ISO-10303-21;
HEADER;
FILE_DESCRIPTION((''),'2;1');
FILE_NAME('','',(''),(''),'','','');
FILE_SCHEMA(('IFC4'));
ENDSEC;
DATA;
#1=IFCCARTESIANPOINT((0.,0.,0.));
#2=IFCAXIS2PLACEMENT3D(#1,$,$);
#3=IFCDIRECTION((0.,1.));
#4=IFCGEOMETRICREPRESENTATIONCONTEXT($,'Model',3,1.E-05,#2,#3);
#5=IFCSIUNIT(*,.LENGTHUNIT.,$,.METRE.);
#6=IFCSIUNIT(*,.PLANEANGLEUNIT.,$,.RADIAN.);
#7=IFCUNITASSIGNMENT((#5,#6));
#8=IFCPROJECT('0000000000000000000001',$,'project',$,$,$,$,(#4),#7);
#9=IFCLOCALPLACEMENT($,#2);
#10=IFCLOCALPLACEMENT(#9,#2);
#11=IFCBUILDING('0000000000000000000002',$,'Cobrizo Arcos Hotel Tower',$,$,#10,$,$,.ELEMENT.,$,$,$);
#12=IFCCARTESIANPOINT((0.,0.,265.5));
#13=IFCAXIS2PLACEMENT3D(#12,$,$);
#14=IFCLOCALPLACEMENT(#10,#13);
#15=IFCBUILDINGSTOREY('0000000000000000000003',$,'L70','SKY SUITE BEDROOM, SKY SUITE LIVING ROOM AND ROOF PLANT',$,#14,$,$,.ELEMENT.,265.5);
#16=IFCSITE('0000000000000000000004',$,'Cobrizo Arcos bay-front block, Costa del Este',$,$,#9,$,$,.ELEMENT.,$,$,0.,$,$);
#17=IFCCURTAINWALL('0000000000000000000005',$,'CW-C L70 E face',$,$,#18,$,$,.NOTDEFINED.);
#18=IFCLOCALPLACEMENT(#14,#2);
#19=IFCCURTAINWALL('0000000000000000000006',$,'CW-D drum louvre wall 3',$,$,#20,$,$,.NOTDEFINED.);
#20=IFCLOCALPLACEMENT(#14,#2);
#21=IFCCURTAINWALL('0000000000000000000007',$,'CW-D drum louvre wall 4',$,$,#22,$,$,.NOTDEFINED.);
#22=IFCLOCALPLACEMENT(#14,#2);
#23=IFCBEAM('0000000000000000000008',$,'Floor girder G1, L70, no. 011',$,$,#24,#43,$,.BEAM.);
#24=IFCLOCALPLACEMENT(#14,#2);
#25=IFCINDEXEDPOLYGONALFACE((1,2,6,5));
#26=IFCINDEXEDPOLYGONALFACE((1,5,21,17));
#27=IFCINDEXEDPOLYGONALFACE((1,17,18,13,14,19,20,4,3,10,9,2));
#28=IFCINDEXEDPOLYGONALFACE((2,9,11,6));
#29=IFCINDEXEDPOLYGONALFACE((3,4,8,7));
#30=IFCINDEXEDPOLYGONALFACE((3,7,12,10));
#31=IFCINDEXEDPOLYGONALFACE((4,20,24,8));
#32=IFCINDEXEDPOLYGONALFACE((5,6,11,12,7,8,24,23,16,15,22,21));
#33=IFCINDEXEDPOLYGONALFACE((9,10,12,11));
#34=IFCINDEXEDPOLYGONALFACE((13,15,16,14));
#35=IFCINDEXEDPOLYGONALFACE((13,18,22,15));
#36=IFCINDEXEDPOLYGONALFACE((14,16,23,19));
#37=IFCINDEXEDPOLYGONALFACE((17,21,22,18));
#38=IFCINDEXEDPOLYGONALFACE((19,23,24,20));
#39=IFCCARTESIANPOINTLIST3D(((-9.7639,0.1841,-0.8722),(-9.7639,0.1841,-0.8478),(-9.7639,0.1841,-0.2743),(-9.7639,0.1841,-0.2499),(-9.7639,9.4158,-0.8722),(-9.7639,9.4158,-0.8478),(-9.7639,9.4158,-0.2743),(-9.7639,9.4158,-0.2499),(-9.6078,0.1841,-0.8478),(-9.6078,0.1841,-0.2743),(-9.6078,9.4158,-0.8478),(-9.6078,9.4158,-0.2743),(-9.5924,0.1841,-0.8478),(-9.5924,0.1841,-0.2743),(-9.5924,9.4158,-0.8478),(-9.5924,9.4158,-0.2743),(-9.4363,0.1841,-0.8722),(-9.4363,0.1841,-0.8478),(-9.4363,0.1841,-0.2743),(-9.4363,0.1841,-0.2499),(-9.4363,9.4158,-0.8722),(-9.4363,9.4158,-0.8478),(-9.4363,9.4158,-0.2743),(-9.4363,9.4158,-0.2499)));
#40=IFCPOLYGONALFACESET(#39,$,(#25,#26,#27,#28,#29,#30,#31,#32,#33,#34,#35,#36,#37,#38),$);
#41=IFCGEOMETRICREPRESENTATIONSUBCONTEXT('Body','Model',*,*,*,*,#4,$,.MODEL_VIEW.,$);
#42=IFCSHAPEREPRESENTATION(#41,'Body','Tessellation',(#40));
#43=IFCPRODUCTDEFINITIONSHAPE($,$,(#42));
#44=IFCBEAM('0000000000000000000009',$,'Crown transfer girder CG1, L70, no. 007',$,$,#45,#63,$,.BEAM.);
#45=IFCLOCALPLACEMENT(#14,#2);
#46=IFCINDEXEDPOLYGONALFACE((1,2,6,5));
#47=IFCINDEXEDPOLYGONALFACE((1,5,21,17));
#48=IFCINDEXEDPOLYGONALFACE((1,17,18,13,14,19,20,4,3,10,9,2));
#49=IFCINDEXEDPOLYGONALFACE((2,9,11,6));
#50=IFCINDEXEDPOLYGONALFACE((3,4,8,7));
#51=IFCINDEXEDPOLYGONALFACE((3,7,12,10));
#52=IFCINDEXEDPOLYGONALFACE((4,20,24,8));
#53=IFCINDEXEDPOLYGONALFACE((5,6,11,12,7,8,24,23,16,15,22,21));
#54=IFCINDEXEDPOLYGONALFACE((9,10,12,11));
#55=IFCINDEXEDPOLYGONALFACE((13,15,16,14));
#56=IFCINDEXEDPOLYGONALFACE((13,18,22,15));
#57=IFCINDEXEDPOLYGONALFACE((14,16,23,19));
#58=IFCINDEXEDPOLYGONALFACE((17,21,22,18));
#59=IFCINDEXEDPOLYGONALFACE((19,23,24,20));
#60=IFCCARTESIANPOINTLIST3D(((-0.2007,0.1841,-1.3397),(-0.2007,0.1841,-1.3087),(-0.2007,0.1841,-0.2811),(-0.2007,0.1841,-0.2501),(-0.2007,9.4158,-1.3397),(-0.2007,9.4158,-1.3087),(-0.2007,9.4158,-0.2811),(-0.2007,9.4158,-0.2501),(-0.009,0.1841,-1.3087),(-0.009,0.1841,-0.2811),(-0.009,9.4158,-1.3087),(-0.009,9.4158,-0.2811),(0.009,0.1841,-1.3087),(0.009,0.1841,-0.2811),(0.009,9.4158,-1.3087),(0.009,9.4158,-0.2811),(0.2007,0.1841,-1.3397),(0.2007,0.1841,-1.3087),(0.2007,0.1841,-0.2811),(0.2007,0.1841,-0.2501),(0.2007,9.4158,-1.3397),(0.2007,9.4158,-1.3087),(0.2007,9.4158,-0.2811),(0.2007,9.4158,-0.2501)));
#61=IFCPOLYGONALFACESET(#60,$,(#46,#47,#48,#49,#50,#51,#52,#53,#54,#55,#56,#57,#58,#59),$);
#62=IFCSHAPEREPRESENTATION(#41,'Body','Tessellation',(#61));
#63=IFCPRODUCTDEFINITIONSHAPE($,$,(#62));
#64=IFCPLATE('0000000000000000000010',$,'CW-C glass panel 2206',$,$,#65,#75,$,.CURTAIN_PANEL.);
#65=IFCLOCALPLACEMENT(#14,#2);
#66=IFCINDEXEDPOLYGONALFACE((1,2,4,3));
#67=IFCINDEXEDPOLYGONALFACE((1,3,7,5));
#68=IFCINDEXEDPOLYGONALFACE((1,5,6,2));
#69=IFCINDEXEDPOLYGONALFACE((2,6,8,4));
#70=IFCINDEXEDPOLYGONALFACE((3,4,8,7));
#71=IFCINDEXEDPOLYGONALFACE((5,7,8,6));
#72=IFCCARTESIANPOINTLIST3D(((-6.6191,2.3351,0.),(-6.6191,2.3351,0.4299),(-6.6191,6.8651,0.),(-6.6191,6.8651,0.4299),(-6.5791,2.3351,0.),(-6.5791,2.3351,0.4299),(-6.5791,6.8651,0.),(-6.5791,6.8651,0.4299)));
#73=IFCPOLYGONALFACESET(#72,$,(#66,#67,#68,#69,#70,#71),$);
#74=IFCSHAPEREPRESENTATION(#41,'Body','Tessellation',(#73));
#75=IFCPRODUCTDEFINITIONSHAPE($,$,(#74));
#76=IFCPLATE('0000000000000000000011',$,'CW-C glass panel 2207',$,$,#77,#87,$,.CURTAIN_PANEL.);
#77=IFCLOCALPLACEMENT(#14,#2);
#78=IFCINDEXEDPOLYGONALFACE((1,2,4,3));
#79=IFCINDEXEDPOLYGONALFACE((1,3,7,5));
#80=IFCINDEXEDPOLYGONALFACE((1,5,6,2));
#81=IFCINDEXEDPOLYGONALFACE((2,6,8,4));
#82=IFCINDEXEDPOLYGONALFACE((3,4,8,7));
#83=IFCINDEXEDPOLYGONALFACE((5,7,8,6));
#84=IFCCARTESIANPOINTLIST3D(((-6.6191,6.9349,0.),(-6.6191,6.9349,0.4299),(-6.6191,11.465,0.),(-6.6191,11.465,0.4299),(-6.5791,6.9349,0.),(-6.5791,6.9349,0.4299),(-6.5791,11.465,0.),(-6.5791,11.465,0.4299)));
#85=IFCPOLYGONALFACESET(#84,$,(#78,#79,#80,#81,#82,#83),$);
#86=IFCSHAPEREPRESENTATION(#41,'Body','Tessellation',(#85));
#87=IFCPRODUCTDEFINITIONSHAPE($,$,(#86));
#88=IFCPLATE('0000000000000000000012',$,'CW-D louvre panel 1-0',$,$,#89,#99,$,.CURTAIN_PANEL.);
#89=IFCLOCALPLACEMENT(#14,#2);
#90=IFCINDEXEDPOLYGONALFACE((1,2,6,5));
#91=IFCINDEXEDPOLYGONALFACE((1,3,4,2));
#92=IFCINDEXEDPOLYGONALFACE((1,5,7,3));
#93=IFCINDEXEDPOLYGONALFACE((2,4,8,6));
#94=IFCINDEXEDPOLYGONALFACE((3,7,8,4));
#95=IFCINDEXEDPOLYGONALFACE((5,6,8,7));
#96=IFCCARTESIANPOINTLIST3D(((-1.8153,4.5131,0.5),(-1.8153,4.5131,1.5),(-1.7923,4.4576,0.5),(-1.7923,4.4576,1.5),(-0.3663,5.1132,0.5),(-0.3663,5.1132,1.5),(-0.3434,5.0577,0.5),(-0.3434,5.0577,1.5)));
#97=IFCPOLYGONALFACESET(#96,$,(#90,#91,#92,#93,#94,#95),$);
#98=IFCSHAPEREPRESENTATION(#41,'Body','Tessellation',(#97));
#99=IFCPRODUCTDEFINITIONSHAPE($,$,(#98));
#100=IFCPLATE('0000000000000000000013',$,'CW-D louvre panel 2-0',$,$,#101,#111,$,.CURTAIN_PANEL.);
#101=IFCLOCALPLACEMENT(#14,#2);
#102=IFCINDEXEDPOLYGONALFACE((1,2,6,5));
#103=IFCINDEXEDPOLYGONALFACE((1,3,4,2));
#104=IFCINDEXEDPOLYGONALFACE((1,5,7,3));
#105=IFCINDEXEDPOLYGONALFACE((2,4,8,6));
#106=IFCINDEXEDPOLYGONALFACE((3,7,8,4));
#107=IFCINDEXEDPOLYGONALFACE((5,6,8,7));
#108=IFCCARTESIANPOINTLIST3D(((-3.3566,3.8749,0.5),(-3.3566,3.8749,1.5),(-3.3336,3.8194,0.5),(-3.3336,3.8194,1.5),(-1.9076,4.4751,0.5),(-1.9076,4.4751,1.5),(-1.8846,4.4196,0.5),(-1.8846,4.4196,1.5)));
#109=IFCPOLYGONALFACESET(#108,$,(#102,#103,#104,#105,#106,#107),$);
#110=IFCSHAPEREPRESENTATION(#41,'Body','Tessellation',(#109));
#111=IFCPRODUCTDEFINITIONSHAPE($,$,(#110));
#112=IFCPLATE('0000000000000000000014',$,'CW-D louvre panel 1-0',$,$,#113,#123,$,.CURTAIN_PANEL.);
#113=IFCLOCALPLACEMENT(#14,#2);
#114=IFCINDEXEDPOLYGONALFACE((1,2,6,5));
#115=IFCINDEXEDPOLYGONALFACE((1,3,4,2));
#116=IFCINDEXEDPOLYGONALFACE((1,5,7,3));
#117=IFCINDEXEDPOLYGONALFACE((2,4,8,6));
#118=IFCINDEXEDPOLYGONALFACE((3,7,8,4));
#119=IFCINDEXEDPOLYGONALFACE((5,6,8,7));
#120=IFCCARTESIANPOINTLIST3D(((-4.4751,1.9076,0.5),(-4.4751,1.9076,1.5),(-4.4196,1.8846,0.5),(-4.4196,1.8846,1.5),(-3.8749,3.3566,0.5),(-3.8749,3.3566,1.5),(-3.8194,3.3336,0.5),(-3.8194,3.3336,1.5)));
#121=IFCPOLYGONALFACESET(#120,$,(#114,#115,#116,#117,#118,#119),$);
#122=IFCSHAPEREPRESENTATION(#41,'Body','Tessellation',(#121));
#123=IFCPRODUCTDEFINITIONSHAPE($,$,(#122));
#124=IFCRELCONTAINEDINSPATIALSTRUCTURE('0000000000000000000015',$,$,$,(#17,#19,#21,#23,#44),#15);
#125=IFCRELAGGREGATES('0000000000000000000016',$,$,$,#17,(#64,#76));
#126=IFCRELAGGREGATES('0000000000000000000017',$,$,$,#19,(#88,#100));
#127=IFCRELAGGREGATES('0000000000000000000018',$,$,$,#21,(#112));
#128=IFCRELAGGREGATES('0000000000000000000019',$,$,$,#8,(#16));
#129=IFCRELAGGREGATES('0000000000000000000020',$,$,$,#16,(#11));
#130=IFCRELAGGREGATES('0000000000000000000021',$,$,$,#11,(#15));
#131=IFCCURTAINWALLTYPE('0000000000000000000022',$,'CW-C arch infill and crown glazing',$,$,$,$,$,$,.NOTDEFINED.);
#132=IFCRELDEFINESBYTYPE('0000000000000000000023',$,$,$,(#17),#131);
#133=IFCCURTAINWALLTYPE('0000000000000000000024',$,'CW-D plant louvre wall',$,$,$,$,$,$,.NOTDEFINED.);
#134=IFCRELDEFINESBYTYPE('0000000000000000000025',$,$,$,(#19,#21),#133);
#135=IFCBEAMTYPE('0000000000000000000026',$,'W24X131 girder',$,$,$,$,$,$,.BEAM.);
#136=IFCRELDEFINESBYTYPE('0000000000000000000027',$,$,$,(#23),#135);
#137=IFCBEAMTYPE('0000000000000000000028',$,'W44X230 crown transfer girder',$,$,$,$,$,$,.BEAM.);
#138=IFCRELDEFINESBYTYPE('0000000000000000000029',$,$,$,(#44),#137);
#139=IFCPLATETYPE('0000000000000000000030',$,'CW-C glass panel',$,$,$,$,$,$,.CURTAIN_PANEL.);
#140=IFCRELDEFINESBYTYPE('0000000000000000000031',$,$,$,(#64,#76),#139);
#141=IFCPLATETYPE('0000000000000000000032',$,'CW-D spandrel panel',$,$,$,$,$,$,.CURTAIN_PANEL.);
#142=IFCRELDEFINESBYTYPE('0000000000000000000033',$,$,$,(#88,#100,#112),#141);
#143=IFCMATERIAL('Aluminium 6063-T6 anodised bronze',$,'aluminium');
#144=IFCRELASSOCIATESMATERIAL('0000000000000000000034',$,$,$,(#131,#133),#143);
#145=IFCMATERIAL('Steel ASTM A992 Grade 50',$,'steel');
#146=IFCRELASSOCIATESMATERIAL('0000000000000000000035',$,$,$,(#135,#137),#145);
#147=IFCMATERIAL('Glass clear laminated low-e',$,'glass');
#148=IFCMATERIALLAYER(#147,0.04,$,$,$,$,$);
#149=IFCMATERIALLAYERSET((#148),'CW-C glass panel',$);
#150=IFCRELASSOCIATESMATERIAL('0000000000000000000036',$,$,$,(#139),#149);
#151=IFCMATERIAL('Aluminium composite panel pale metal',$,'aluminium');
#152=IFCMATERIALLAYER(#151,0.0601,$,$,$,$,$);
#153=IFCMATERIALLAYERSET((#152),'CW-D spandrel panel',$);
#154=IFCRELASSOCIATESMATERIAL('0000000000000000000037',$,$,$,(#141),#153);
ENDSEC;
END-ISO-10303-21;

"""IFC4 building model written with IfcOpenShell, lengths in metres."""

from ifc_helpers import new_model, si_unit, direction, frame, origin, origin_2d, place, context, subcontext, project, spatial, rectangle, i_section, extrude, material, layer, layer_set, material_profile, profile_set, type_object, element, aggregate, save


model = new_model("IFC4")

# Units and contexts
model_context = context("Model", 3, precision=1e-05, world=origin(), true_north=direction((0.0, 1.0)))
body_context = subcontext(model_context, "Body", "Model", "MODEL_VIEW")
ifc_project = project(units=[si_unit("LENGTHUNIT", "METRE"), si_unit("PLANEANGLEUNIT", "RADIAN")], contexts=[model_context])

# Site, building, storey
site_placement = place(None, origin())
site = spatial("IfcSite", under=ifc_project, at=site_placement, Name="Cobrizo Arcos bay-front block, Costa del Este", CompositionType="ELEMENT", RefElevation=0.0)
building_placement = place(site_placement, origin())
building = spatial("IfcBuilding", under=site, at=building_placement, Name="Cobrizo Arcos Hotel Tower", CompositionType="ELEMENT")
storey_placement = place(building_placement, frame((0.0, 0.0, 265.5)))
storey = spatial("IfcBuildingStorey", under=building, at=storey_placement, Name="L70", Description="SKY SUITE BEDROOM, SKY SUITE LIVING ROOM AND ROOF PLANT", CompositionType="ELEMENT", Elevation=265.5)

# Curtain walls
ifc_material_1 = material(Name="Aluminium 6063-T6 anodised bronze", Category="aluminium")
curtain_wall_type_1 = type_object("IfcCurtainWallType", Name="CW-C arch infill and crown glazing", PredefinedType="NOTDEFINED", material=ifc_material_1)
curtain_wall_1_placement = place(storey_placement, origin())
curtain_wall_1 = element("IfcCurtainWall", 1, at=curtain_wall_1_placement, inside=storey, type_object=curtain_wall_type_1, Name="CW-C L70 E face", PredefinedType="NOTDEFINED")
curtain_wall_type_2 = type_object("IfcCurtainWallType", Name="CW-D plant louvre wall", PredefinedType="NOTDEFINED", material=ifc_material_1)
curtain_wall_2_placement = place(storey_placement, origin())
curtain_wall_2 = element("IfcCurtainWall", 2, at=curtain_wall_2_placement, inside=storey, type_object=curtain_wall_type_2, Name="CW-D drum louvre wall 3", PredefinedType="NOTDEFINED")
curtain_wall_3_placement = place(storey_placement, origin())
curtain_wall_3 = element("IfcCurtainWall", 3, at=curtain_wall_3_placement, inside=storey, type_object=curtain_wall_type_2, Name="CW-D drum louvre wall 4", PredefinedType="NOTDEFINED")

# Beams
ifc_material_2 = material(Name="Steel ASTM A992 Grade 50", Category="steel")
ifc_material_profile_1 = material_profile(ifc_material_2, i_section(OverallWidth=0.3276, OverallDepth=0.6223, WebThickness=0.0154, FlangeThickness=0.0244, at=origin_2d()), Name="W24X131")
ifc_profile_set_1 = profile_set([ifc_material_profile_1], Name="Steel ASTM A992 Grade 50")
beam_type_1 = type_object("IfcBeamType", Name="W24X131 girder", PredefinedType="BEAM", material=ifc_profile_set_1)
beam_1_placement = place(storey_placement, frame((-9.6001, 0.1841, -0.561), z_axis=(0.0, 1.0, 0.0), x_axis=(-1.0, 0.0, 0.0)))
element("IfcBeam", 4, at=beam_1_placement, inside=storey, type_object=beam_type_1, Name="Floor girder G1, L70, no. 011", PredefinedType="BEAM", context=body_context, shape_type="SweptSolid", body=[
    extrude(i_section(OverallWidth=0.3276, OverallDepth=0.6223, WebThickness=0.0154, FlangeThickness=0.0244, at=origin_2d()), origin(), (0.0, 0.0, 1.0), 9.2317),
])
ifc_material_profile_2 = material_profile(ifc_material_2, i_section(OverallWidth=0.4014, OverallDepth=1.0896, WebThickness=0.0181, FlangeThickness=0.031, at=origin_2d()), Name="W44X230")
ifc_profile_set_2 = profile_set([ifc_material_profile_2], Name="Steel ASTM A992 Grade 50")
beam_type_2 = type_object("IfcBeamType", Name="W44X230 crown transfer girder", PredefinedType="BEAM", material=ifc_profile_set_2)
beam_2_placement = place(storey_placement, frame((0.0, 0.1841, -0.7949), z_axis=(0.0, 1.0, 0.0), x_axis=(-1.0, 0.0, 0.0)))
element("IfcBeam", 5, at=beam_2_placement, inside=storey, type_object=beam_type_2, Name="Crown transfer girder CG1, L70, no. 007", PredefinedType="BEAM", context=body_context, shape_type="SweptSolid", body=[
    extrude(i_section(OverallWidth=0.4014, OverallDepth=1.0896, WebThickness=0.0181, FlangeThickness=0.031, at=origin_2d()), origin(), (0.0, 0.0, 1.0), 9.2317),
])

# Plates
ifc_material_3 = material(Name="Glass clear laminated low-e", Category="glass")
ifc_layer_1 = layer(ifc_material_3, 0.04)
ifc_layer_set_1 = layer_set([ifc_layer_1], Name="CW-C glass panel")
plate_type_1 = type_object("IfcPlateType", Name="CW-C glass panel", PredefinedType="CURTAIN_PANEL", material=ifc_layer_set_1)
plate_1_placement = place(storey_placement, frame((-6.5991, 4.6001, 0.0), z_axis=(0.0, 0.0, 1.0), x_axis=(0.0, 1.0, 0.0)))
plate_1 = element("IfcPlate", 6, at=plate_1_placement, type_object=plate_type_1, Name="CW-C glass panel 2206", PredefinedType="CURTAIN_PANEL", context=body_context, shape_type="SweptSolid", body=[
    extrude(rectangle(XDim=4.53, YDim=0.04, at=origin_2d()), origin(), (0.0, 0.0, 1.0), 0.4299),
])
plate_2_placement = place(storey_placement, frame((-6.5991, 9.2, 0.0), z_axis=(0.0, 0.0, 1.0), x_axis=(0.0, 1.0, 0.0)))
plate_2 = element("IfcPlate", 7, at=plate_2_placement, type_object=plate_type_1, Name="CW-C glass panel 2207", PredefinedType="CURTAIN_PANEL", context=body_context, shape_type="SweptSolid", body=[
    extrude(rectangle(XDim=4.53, YDim=0.04, at=origin_2d()), origin(), (0.0, 0.0, 1.0), 0.4299),
])
aggregate(curtain_wall_1, [plate_1, plate_2])
ifc_material_4 = material(Name="Aluminium composite panel pale metal", Category="aluminium")
ifc_layer_2 = layer(ifc_material_4, 0.0601)
ifc_layer_set_2 = layer_set([ifc_layer_2], Name="CW-D spandrel panel")
plate_type_2 = type_object("IfcPlateType", Name="CW-D spandrel panel", PredefinedType="CURTAIN_PANEL", material=ifc_layer_set_2)
plate_3_placement = place(storey_placement, frame((-1.0793, 4.7854, 0.5), z_axis=(0.0, 0.0, 1.0), x_axis=(-0.92388, -0.382683, 0.0)))
plate_3 = element("IfcPlate", 8, at=plate_3_placement, type_object=plate_type_2, Name="CW-D louvre panel 1-0", PredefinedType="CURTAIN_PANEL", context=body_context, shape_type="SweptSolid", body=[
    extrude(rectangle(XDim=1.5684, YDim=0.0601, at=origin_2d()), origin(), (0.0, 0.0, 1.0), 1.0),
])
plate_4_placement = place(storey_placement, frame((-2.6206, 4.1472, 0.5), z_axis=(0.0, 0.0, 1.0), x_axis=(-0.92388, -0.382683, 0.0)))
plate_4 = element("IfcPlate", 9, at=plate_4_placement, type_object=plate_type_2, Name="CW-D louvre panel 2-0", PredefinedType="CURTAIN_PANEL", context=body_context, shape_type="SweptSolid", body=[
    extrude(rectangle(XDim=1.5684, YDim=0.0601, at=origin_2d()), origin(), (0.0, 0.0, 1.0), 1.0),
])
aggregate(curtain_wall_2, [plate_3, plate_4])
plate_5_placement = place(storey_placement, frame((-4.1472, 2.6206, 0.5), z_axis=(0.0, 0.0, 1.0), x_axis=(-0.382683, -0.92388, 0.0)))
plate_5 = element("IfcPlate", 10, at=plate_5_placement, type_object=plate_type_2, Name="CW-D louvre panel 1-0", PredefinedType="CURTAIN_PANEL", context=body_context, shape_type="SweptSolid", body=[
    extrude(rectangle(XDim=1.5684, YDim=0.0601, at=origin_2d()), origin(), (0.0, 0.0, 1.0), 1.0),
])
aggregate(curtain_wall_3, [plate_5])

save(model, "model.ifc")
